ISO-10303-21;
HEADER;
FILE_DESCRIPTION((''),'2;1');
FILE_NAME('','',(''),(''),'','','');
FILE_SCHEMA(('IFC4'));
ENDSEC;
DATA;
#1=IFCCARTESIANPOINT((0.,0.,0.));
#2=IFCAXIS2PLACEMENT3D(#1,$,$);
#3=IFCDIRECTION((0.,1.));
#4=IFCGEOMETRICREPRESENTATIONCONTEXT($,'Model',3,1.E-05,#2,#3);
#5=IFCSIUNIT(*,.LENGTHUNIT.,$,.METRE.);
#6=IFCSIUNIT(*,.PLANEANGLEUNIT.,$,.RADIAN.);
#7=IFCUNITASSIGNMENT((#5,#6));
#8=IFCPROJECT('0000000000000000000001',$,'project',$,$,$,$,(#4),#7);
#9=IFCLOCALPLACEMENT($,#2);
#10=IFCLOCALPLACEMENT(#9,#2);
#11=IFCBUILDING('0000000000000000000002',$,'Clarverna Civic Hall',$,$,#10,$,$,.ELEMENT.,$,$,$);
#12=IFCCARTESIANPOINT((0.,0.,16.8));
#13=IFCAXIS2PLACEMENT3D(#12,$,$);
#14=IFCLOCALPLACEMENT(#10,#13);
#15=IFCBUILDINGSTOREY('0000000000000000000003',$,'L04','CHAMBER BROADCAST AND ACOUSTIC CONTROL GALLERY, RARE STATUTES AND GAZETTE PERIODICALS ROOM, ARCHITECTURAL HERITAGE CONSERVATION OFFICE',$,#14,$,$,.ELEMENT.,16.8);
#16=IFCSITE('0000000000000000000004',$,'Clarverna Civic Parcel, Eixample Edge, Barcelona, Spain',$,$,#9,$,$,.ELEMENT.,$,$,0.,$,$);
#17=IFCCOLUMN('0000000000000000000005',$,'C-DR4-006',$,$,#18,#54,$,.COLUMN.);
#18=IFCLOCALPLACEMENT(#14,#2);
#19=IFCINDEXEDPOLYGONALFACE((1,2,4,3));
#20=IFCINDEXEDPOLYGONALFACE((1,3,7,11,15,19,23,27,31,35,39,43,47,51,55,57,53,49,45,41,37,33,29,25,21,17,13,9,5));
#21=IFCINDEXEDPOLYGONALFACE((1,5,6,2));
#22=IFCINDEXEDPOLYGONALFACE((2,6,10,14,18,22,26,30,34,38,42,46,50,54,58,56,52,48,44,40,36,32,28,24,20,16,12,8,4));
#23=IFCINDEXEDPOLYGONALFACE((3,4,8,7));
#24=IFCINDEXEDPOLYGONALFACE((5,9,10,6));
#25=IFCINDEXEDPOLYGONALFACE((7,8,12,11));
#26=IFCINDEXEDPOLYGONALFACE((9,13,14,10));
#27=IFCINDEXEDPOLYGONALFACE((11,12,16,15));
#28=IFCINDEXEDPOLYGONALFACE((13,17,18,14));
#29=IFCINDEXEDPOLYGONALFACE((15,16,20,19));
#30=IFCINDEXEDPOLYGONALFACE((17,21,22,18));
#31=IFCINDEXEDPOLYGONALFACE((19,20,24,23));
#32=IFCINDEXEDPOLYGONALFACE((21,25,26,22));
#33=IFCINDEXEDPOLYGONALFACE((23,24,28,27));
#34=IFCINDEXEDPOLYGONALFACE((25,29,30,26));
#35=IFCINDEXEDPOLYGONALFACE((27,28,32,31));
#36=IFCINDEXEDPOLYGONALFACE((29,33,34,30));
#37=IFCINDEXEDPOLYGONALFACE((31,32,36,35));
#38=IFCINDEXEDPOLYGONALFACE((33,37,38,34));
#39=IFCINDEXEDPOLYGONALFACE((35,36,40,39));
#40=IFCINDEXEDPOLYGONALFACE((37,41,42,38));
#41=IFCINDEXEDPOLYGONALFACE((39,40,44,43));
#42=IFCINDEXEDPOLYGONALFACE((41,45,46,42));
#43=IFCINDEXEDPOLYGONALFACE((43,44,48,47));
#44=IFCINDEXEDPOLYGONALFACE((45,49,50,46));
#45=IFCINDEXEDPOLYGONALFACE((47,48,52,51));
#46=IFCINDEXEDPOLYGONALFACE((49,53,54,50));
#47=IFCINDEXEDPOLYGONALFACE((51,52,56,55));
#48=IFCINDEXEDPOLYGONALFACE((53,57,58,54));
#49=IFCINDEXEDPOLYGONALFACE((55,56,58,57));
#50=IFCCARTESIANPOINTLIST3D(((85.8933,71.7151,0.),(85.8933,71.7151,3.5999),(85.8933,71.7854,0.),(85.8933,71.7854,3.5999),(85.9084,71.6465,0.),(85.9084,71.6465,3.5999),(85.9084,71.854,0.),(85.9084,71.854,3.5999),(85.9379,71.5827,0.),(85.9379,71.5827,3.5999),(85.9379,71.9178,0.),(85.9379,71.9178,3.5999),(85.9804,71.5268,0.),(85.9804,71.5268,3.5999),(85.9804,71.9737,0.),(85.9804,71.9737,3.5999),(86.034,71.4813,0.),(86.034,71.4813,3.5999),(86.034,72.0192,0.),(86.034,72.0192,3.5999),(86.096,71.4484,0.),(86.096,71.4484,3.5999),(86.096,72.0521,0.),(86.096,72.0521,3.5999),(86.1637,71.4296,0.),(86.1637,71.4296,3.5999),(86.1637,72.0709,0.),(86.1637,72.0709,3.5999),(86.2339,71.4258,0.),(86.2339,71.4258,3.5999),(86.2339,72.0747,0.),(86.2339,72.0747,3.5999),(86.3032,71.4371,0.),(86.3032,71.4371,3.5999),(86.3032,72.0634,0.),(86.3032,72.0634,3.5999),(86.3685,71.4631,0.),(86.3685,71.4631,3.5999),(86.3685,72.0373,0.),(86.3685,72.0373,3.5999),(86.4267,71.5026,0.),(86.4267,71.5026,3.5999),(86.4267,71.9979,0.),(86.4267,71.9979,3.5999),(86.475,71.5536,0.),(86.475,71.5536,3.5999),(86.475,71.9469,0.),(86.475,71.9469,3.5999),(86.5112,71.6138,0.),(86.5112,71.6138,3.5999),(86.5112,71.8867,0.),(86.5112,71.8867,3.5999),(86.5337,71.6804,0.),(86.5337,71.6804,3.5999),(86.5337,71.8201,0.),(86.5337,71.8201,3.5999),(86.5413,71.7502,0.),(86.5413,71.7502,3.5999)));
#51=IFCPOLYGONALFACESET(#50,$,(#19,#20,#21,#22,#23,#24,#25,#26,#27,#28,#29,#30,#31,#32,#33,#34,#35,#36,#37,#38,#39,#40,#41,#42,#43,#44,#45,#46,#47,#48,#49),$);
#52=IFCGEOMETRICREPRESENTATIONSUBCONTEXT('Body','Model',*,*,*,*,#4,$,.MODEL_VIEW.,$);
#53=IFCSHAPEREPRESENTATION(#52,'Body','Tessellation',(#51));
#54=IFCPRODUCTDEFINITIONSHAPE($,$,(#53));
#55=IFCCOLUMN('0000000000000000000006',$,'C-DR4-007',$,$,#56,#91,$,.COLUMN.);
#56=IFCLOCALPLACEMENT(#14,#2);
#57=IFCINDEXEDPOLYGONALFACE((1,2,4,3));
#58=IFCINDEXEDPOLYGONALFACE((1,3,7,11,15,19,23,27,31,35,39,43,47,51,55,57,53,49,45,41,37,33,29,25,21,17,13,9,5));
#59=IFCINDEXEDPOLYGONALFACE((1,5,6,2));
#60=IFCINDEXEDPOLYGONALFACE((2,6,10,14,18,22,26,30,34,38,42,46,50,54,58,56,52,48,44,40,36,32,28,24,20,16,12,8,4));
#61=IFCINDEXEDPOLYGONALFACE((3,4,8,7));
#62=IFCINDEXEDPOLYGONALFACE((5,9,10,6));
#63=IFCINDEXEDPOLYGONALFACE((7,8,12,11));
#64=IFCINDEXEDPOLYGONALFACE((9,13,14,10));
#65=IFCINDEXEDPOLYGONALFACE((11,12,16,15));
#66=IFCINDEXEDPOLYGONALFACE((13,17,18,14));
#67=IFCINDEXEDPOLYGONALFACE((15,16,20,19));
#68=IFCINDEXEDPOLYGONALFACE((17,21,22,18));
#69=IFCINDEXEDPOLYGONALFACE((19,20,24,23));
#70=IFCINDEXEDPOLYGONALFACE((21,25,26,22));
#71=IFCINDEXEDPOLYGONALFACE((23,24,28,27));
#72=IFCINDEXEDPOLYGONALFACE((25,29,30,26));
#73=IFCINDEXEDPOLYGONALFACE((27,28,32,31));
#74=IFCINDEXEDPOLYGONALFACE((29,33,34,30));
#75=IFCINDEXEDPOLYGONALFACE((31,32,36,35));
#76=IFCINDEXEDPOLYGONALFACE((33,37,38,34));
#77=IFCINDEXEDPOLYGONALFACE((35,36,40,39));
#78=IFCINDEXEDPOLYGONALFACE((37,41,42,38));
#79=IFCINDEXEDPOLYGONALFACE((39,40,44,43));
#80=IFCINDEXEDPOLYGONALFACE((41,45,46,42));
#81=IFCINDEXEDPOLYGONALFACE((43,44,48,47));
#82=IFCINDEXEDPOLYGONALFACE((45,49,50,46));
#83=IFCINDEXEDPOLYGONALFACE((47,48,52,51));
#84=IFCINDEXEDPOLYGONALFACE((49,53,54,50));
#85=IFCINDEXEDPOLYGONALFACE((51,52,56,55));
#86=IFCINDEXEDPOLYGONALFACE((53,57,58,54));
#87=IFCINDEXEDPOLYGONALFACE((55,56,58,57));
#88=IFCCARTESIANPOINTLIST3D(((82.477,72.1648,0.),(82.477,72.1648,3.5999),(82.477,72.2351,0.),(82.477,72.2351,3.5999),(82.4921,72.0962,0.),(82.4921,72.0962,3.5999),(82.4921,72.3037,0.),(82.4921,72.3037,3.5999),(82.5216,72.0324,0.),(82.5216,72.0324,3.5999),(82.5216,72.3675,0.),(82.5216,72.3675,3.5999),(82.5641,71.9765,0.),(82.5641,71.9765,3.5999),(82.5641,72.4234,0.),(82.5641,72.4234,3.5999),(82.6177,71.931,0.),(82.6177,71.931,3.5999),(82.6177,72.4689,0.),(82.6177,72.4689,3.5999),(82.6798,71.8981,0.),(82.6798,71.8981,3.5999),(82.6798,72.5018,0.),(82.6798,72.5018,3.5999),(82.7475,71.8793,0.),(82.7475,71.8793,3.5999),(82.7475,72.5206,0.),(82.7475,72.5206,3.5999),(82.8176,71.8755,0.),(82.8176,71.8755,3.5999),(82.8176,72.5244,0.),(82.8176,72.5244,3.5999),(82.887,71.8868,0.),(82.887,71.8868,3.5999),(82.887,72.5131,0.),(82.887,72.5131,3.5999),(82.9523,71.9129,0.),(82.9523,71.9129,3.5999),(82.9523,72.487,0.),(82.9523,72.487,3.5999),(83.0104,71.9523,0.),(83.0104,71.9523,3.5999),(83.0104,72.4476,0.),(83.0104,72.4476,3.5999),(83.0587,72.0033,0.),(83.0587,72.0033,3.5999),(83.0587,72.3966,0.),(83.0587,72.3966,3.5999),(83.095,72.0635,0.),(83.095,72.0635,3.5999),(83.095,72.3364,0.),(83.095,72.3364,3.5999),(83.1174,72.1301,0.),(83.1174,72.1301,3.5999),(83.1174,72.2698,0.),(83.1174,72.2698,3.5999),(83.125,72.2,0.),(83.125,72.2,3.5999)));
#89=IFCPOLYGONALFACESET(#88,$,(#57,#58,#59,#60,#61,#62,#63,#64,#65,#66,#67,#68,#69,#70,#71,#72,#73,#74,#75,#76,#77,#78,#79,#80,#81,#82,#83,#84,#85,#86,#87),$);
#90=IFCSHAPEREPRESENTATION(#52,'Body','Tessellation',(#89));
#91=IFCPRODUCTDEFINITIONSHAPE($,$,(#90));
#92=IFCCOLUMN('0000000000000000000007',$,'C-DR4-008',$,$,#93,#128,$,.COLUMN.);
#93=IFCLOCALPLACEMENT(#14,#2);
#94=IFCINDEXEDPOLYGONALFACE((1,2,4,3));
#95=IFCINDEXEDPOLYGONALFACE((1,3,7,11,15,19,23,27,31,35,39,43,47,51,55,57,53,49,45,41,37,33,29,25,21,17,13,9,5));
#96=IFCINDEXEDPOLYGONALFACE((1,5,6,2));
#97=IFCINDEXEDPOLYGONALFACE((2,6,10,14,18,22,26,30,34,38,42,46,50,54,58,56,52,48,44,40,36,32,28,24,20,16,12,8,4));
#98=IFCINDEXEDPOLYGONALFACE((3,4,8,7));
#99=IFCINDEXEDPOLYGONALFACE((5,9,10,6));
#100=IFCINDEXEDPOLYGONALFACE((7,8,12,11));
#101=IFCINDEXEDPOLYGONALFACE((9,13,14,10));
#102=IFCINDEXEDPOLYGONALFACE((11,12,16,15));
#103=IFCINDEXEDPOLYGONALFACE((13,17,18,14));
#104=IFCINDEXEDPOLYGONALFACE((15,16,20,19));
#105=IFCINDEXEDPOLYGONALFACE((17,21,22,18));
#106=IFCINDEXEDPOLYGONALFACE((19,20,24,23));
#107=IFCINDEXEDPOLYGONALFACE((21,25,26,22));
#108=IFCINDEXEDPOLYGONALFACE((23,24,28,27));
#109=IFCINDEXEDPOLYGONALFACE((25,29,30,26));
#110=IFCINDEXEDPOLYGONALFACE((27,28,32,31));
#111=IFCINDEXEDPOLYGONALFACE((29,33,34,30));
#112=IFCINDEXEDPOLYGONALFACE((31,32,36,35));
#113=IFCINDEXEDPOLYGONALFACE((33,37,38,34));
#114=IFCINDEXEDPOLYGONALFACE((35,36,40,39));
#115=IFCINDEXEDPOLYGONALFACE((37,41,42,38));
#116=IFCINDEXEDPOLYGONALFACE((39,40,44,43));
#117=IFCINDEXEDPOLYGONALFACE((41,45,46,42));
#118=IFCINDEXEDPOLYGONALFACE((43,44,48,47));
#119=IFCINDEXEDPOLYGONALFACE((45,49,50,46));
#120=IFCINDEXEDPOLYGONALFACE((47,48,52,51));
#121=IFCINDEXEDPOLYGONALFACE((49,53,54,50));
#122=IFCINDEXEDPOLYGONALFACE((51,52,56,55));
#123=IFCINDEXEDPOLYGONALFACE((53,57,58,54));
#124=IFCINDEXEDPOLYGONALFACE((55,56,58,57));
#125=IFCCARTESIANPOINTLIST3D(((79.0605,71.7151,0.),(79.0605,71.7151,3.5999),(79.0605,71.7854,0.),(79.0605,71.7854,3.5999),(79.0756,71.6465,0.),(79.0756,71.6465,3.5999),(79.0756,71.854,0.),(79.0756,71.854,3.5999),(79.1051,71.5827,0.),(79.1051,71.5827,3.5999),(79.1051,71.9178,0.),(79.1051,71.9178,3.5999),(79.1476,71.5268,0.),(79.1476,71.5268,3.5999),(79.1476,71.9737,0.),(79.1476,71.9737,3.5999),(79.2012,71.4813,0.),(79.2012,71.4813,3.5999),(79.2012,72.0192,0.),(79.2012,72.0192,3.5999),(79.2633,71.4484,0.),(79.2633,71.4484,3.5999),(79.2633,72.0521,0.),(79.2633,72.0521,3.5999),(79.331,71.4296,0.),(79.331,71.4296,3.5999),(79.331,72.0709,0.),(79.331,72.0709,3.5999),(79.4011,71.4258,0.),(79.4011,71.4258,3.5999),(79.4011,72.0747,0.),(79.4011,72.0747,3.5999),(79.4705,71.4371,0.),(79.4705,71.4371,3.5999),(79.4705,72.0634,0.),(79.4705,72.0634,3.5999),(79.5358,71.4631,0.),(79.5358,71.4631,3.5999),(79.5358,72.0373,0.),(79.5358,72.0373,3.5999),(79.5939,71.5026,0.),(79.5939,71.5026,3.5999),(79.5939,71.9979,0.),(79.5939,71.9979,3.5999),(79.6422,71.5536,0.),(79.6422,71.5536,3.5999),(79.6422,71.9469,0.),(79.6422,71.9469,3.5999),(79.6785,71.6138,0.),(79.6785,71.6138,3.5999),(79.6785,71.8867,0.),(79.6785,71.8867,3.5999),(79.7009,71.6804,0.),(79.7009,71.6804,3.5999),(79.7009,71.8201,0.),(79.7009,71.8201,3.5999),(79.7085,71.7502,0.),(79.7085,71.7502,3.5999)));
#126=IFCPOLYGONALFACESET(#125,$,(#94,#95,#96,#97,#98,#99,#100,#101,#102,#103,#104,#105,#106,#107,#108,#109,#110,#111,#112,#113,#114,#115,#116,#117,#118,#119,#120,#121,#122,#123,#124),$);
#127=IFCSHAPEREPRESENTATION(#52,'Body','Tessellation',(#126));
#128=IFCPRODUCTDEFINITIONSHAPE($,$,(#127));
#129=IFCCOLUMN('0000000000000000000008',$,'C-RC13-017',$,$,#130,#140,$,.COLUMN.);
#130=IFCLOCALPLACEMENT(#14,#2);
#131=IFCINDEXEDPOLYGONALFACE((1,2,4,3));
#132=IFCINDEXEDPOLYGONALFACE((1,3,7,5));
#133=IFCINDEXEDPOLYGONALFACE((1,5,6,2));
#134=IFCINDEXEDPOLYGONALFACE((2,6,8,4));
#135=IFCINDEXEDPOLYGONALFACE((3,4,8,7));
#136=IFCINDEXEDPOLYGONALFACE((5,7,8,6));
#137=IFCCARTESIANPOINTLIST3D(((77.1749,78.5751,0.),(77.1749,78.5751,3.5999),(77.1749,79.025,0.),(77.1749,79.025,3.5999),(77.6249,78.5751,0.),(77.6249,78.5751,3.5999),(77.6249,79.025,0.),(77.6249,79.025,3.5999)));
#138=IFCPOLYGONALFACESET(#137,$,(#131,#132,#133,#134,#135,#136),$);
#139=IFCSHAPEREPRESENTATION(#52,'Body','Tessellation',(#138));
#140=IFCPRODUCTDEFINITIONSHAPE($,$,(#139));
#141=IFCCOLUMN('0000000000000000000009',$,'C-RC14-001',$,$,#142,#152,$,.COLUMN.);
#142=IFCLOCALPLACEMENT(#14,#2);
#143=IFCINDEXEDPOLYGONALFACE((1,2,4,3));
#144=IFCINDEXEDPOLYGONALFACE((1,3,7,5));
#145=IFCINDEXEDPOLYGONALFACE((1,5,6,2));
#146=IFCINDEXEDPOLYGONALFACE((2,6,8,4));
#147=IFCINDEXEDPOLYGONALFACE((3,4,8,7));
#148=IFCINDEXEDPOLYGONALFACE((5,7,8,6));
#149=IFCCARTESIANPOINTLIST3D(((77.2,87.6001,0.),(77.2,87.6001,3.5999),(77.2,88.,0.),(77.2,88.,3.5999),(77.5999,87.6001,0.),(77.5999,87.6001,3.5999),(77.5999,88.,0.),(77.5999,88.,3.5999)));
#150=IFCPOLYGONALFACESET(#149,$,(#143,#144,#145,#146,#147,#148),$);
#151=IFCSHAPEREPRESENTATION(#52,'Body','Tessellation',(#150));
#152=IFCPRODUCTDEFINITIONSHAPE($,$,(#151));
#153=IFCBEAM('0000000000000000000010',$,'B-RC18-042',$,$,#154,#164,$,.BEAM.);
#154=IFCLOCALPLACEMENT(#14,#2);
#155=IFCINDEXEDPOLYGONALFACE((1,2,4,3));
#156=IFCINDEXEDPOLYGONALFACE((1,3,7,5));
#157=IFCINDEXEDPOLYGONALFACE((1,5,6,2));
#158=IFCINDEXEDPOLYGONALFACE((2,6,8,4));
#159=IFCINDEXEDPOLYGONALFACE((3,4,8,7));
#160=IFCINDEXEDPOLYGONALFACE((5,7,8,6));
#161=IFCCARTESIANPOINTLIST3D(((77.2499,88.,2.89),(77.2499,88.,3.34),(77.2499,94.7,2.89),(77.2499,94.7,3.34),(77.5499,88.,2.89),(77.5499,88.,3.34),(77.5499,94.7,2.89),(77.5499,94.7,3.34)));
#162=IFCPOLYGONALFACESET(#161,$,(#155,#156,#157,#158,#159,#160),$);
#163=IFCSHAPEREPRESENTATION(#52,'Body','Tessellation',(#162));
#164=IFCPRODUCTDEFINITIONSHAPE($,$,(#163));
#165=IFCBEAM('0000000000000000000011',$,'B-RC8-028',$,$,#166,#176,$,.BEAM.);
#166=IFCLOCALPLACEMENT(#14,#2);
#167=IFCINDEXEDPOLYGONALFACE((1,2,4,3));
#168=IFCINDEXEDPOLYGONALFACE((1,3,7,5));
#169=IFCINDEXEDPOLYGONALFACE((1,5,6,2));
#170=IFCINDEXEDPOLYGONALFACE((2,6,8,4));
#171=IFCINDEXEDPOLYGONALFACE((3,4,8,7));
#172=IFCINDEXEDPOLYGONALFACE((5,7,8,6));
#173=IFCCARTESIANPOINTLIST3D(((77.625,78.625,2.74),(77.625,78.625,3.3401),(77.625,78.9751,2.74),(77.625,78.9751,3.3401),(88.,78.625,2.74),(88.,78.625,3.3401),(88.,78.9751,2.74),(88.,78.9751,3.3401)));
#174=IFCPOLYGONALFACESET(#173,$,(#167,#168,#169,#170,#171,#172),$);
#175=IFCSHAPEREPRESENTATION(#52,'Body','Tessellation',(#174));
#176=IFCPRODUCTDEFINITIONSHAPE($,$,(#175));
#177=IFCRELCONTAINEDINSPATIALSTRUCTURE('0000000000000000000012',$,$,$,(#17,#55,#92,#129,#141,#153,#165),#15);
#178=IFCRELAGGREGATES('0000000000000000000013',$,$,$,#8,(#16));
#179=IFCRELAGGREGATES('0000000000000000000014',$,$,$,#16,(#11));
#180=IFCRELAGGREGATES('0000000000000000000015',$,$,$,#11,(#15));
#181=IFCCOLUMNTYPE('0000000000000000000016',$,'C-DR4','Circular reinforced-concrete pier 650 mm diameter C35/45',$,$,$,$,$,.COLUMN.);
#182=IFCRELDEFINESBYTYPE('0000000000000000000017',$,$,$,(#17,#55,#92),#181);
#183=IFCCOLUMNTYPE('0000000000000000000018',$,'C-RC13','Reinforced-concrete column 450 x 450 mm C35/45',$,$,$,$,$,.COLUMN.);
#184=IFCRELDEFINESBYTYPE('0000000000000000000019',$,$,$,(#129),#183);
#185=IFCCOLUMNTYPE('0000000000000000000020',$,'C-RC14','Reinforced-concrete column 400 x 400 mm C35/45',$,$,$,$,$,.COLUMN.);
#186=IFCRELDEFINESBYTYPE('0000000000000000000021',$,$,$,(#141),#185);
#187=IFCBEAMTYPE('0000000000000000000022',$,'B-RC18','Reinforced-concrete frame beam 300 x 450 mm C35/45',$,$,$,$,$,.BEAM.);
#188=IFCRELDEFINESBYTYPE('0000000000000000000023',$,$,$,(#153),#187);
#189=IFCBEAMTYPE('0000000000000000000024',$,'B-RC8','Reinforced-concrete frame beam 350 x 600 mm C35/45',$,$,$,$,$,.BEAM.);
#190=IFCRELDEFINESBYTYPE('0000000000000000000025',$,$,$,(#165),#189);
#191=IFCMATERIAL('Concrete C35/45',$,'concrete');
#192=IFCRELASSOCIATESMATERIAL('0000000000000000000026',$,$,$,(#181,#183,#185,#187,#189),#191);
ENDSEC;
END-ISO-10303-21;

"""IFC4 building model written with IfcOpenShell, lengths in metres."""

from ifc_helpers import new_model, si_unit, direction, frame, origin, origin_2d, place, context, subcontext, project, spatial, rectangle, circle, extrude, material, material_profile, profile_set, type_object, element, save


model = new_model("IFC4")

# Units and contexts
model_context = context("Model", 3, precision=1e-05, world=origin(), true_north=direction((0.0, 1.0)))
body_context = subcontext(model_context, "Body", "Model", "MODEL_VIEW")
ifc_project = project(units=[si_unit("LENGTHUNIT", "METRE"), si_unit("PLANEANGLEUNIT", "RADIAN")], contexts=[model_context])

# Site, building, storey
site_placement = place(None, origin())
site = spatial("IfcSite", under=ifc_project, at=site_placement, Name="Clarverna Civic Parcel, Eixample Edge, Barcelona, Spain", CompositionType="ELEMENT", RefElevation=0.0)
building_placement = place(site_placement, origin())
building = spatial("IfcBuilding", under=site, at=building_placement, Name="Clarverna Civic Hall", CompositionType="ELEMENT")
storey_placement = place(building_placement, frame((0.0, 0.0, 16.8)))
storey = spatial("IfcBuildingStorey", under=building, at=storey_placement, Name="L04", Description="CHAMBER BROADCAST AND ACOUSTIC CONTROL GALLERY, RARE STATUTES AND GAZETTE PERIODICALS ROOM, ARCHITECTURAL HERITAGE CONSERVATION OFFICE", CompositionType="ELEMENT", Elevation=16.8)

# Columns
ifc_material_1 = material(Name="Concrete C35/45", Category="concrete")
ifc_material_profile_1 = material_profile(ifc_material_1, circle(Radius=0.325, at=origin_2d()), Name="RC D650")
ifc_profile_set_1 = profile_set([ifc_material_profile_1], Name="Concrete C35/45")
column_type_1 = type_object("IfcColumnType", Name="C-DR4", Description="Circular reinforced-concrete pier 650 mm diameter C35/45", PredefinedType="COLUMN", material=ifc_profile_set_1)
for number, where, z_axis, x_axis, name in (
    (1, (86.2163, 71.7502, 0.0), (0.0, 0.0, 1.0), (1.0, 0.0, 0.0), "C-DR4-006"),
    (2, (82.8, 72.2, 0.0), (0.0, 0.0, 1.0), (1.0, 0.0, 0.0), "C-DR4-007"),
    (3, (79.3835, 71.7502, 0.0), (0.0, 0.0, 1.0), (1.0, 0.0, 0.0), "C-DR4-008"),
):
    element("IfcColumn", number, at=place(storey_placement, frame(where, z_axis=z_axis, x_axis=x_axis)), inside=storey, type_object=column_type_1, Name=name, PredefinedType="COLUMN", context=body_context, shape_type="SweptSolid", body=[
        extrude(circle(Radius=0.325, at=origin_2d()), origin(), (0.0, 0.0, 1.0), 3.5999),
    ])
ifc_material_profile_2 = material_profile(ifc_material_1, rectangle(XDim=0.45, YDim=0.45, at=origin_2d()), Name="RC 450x450")
ifc_profile_set_2 = profile_set([ifc_material_profile_2], Name="Concrete C35/45")
column_type_2 = type_object("IfcColumnType", Name="C-RC13", Description="Reinforced-concrete column 450 x 450 mm C35/45", PredefinedType="COLUMN", material=ifc_profile_set_2)
column_1_placement = place(storey_placement, frame((77.3999, 78.8, 0.0), z_axis=(0.0, 0.0, 1.0), x_axis=(1.0, 0.0, 0.0)))
element("IfcColumn", 4, at=column_1_placement, inside=storey, type_object=column_type_2, Name="C-RC13-017", PredefinedType="COLUMN", context=body_context, shape_type="SweptSolid", body=[
    extrude(rectangle(XDim=0.45, YDim=0.45, at=origin_2d()), origin(), (0.0, 0.0, 1.0), 3.5999),
])
ifc_material_profile_3 = material_profile(ifc_material_1, rectangle(XDim=0.3999, YDim=0.3999, at=origin_2d()), Name="RC 400x400")
ifc_profile_set_3 = profile_set([ifc_material_profile_3], Name="Concrete C35/45")
column_type_3 = type_object("IfcColumnType", Name="C-RC14", Description="Reinforced-concrete column 400 x 400 mm C35/45", PredefinedType="COLUMN", material=ifc_profile_set_3)
column_2_placement = place(storey_placement, frame((77.3999, 87.8, 0.0), z_axis=(0.0, 0.0, 1.0), x_axis=(1.0, 0.0, 0.0)))
element("IfcColumn", 5, at=column_2_placement, inside=storey, type_object=column_type_3, Name="C-RC14-001", PredefinedType="COLUMN", context=body_context, shape_type="SweptSolid", body=[
    extrude(rectangle(XDim=0.3999, YDim=0.3999, at=origin_2d()), origin(), (0.0, 0.0, 1.0), 3.5999),
])

# Beams
ifc_material_profile_4 = material_profile(ifc_material_1, rectangle(XDim=0.3, YDim=0.45, at=origin_2d()), Name="RC 300x450")
ifc_profile_set_4 = profile_set([ifc_material_profile_4], Name="Concrete C35/45")
beam_type_1 = type_object("IfcBeamType", Name="B-RC18", Description="Reinforced-concrete frame beam 300 x 450 mm C35/45", PredefinedType="BEAM", material=ifc_profile_set_4)
beam_1_placement = place(storey_placement, frame((77.3999, 88.0, 3.115), z_axis=(0.0, 1.0, 0.0), x_axis=(-1.0, 0.0, 0.0)))
element("IfcBeam", 6, at=beam_1_placement, inside=storey, type_object=beam_type_1, Name="B-RC18-042", PredefinedType="BEAM", context=body_context, shape_type="SweptSolid", body=[
    extrude(rectangle(XDim=0.3, YDim=0.45, at=origin_2d()), origin(), (0.0, 0.0, 1.0), 6.7),
])
ifc_material_profile_5 = material_profile(ifc_material_1, rectangle(XDim=0.3501, YDim=0.6001, at=origin_2d()), Name="RC 350x600")
ifc_profile_set_5 = profile_set([ifc_material_profile_5], Name="Concrete C35/45")
beam_type_2 = type_object("IfcBeamType", Name="B-RC8", Description="Reinforced-concrete frame beam 350 x 600 mm C35/45", PredefinedType="BEAM", material=ifc_profile_set_5)
beam_2_placement = place(storey_placement, frame((77.625, 78.8, 3.04), z_axis=(1.0, 0.0, 0.0), x_axis=(0.0, 1.0, 0.0)))
element("IfcBeam", 7, at=beam_2_placement, inside=storey, type_object=beam_type_2, Name="B-RC8-028", PredefinedType="BEAM", context=body_context, shape_type="SweptSolid", body=[
    extrude(rectangle(XDim=0.3501, YDim=0.6001, at=origin_2d()), origin(), (0.0, 0.0, 1.0), 10.375),
])

save(model, "model.ifc")
